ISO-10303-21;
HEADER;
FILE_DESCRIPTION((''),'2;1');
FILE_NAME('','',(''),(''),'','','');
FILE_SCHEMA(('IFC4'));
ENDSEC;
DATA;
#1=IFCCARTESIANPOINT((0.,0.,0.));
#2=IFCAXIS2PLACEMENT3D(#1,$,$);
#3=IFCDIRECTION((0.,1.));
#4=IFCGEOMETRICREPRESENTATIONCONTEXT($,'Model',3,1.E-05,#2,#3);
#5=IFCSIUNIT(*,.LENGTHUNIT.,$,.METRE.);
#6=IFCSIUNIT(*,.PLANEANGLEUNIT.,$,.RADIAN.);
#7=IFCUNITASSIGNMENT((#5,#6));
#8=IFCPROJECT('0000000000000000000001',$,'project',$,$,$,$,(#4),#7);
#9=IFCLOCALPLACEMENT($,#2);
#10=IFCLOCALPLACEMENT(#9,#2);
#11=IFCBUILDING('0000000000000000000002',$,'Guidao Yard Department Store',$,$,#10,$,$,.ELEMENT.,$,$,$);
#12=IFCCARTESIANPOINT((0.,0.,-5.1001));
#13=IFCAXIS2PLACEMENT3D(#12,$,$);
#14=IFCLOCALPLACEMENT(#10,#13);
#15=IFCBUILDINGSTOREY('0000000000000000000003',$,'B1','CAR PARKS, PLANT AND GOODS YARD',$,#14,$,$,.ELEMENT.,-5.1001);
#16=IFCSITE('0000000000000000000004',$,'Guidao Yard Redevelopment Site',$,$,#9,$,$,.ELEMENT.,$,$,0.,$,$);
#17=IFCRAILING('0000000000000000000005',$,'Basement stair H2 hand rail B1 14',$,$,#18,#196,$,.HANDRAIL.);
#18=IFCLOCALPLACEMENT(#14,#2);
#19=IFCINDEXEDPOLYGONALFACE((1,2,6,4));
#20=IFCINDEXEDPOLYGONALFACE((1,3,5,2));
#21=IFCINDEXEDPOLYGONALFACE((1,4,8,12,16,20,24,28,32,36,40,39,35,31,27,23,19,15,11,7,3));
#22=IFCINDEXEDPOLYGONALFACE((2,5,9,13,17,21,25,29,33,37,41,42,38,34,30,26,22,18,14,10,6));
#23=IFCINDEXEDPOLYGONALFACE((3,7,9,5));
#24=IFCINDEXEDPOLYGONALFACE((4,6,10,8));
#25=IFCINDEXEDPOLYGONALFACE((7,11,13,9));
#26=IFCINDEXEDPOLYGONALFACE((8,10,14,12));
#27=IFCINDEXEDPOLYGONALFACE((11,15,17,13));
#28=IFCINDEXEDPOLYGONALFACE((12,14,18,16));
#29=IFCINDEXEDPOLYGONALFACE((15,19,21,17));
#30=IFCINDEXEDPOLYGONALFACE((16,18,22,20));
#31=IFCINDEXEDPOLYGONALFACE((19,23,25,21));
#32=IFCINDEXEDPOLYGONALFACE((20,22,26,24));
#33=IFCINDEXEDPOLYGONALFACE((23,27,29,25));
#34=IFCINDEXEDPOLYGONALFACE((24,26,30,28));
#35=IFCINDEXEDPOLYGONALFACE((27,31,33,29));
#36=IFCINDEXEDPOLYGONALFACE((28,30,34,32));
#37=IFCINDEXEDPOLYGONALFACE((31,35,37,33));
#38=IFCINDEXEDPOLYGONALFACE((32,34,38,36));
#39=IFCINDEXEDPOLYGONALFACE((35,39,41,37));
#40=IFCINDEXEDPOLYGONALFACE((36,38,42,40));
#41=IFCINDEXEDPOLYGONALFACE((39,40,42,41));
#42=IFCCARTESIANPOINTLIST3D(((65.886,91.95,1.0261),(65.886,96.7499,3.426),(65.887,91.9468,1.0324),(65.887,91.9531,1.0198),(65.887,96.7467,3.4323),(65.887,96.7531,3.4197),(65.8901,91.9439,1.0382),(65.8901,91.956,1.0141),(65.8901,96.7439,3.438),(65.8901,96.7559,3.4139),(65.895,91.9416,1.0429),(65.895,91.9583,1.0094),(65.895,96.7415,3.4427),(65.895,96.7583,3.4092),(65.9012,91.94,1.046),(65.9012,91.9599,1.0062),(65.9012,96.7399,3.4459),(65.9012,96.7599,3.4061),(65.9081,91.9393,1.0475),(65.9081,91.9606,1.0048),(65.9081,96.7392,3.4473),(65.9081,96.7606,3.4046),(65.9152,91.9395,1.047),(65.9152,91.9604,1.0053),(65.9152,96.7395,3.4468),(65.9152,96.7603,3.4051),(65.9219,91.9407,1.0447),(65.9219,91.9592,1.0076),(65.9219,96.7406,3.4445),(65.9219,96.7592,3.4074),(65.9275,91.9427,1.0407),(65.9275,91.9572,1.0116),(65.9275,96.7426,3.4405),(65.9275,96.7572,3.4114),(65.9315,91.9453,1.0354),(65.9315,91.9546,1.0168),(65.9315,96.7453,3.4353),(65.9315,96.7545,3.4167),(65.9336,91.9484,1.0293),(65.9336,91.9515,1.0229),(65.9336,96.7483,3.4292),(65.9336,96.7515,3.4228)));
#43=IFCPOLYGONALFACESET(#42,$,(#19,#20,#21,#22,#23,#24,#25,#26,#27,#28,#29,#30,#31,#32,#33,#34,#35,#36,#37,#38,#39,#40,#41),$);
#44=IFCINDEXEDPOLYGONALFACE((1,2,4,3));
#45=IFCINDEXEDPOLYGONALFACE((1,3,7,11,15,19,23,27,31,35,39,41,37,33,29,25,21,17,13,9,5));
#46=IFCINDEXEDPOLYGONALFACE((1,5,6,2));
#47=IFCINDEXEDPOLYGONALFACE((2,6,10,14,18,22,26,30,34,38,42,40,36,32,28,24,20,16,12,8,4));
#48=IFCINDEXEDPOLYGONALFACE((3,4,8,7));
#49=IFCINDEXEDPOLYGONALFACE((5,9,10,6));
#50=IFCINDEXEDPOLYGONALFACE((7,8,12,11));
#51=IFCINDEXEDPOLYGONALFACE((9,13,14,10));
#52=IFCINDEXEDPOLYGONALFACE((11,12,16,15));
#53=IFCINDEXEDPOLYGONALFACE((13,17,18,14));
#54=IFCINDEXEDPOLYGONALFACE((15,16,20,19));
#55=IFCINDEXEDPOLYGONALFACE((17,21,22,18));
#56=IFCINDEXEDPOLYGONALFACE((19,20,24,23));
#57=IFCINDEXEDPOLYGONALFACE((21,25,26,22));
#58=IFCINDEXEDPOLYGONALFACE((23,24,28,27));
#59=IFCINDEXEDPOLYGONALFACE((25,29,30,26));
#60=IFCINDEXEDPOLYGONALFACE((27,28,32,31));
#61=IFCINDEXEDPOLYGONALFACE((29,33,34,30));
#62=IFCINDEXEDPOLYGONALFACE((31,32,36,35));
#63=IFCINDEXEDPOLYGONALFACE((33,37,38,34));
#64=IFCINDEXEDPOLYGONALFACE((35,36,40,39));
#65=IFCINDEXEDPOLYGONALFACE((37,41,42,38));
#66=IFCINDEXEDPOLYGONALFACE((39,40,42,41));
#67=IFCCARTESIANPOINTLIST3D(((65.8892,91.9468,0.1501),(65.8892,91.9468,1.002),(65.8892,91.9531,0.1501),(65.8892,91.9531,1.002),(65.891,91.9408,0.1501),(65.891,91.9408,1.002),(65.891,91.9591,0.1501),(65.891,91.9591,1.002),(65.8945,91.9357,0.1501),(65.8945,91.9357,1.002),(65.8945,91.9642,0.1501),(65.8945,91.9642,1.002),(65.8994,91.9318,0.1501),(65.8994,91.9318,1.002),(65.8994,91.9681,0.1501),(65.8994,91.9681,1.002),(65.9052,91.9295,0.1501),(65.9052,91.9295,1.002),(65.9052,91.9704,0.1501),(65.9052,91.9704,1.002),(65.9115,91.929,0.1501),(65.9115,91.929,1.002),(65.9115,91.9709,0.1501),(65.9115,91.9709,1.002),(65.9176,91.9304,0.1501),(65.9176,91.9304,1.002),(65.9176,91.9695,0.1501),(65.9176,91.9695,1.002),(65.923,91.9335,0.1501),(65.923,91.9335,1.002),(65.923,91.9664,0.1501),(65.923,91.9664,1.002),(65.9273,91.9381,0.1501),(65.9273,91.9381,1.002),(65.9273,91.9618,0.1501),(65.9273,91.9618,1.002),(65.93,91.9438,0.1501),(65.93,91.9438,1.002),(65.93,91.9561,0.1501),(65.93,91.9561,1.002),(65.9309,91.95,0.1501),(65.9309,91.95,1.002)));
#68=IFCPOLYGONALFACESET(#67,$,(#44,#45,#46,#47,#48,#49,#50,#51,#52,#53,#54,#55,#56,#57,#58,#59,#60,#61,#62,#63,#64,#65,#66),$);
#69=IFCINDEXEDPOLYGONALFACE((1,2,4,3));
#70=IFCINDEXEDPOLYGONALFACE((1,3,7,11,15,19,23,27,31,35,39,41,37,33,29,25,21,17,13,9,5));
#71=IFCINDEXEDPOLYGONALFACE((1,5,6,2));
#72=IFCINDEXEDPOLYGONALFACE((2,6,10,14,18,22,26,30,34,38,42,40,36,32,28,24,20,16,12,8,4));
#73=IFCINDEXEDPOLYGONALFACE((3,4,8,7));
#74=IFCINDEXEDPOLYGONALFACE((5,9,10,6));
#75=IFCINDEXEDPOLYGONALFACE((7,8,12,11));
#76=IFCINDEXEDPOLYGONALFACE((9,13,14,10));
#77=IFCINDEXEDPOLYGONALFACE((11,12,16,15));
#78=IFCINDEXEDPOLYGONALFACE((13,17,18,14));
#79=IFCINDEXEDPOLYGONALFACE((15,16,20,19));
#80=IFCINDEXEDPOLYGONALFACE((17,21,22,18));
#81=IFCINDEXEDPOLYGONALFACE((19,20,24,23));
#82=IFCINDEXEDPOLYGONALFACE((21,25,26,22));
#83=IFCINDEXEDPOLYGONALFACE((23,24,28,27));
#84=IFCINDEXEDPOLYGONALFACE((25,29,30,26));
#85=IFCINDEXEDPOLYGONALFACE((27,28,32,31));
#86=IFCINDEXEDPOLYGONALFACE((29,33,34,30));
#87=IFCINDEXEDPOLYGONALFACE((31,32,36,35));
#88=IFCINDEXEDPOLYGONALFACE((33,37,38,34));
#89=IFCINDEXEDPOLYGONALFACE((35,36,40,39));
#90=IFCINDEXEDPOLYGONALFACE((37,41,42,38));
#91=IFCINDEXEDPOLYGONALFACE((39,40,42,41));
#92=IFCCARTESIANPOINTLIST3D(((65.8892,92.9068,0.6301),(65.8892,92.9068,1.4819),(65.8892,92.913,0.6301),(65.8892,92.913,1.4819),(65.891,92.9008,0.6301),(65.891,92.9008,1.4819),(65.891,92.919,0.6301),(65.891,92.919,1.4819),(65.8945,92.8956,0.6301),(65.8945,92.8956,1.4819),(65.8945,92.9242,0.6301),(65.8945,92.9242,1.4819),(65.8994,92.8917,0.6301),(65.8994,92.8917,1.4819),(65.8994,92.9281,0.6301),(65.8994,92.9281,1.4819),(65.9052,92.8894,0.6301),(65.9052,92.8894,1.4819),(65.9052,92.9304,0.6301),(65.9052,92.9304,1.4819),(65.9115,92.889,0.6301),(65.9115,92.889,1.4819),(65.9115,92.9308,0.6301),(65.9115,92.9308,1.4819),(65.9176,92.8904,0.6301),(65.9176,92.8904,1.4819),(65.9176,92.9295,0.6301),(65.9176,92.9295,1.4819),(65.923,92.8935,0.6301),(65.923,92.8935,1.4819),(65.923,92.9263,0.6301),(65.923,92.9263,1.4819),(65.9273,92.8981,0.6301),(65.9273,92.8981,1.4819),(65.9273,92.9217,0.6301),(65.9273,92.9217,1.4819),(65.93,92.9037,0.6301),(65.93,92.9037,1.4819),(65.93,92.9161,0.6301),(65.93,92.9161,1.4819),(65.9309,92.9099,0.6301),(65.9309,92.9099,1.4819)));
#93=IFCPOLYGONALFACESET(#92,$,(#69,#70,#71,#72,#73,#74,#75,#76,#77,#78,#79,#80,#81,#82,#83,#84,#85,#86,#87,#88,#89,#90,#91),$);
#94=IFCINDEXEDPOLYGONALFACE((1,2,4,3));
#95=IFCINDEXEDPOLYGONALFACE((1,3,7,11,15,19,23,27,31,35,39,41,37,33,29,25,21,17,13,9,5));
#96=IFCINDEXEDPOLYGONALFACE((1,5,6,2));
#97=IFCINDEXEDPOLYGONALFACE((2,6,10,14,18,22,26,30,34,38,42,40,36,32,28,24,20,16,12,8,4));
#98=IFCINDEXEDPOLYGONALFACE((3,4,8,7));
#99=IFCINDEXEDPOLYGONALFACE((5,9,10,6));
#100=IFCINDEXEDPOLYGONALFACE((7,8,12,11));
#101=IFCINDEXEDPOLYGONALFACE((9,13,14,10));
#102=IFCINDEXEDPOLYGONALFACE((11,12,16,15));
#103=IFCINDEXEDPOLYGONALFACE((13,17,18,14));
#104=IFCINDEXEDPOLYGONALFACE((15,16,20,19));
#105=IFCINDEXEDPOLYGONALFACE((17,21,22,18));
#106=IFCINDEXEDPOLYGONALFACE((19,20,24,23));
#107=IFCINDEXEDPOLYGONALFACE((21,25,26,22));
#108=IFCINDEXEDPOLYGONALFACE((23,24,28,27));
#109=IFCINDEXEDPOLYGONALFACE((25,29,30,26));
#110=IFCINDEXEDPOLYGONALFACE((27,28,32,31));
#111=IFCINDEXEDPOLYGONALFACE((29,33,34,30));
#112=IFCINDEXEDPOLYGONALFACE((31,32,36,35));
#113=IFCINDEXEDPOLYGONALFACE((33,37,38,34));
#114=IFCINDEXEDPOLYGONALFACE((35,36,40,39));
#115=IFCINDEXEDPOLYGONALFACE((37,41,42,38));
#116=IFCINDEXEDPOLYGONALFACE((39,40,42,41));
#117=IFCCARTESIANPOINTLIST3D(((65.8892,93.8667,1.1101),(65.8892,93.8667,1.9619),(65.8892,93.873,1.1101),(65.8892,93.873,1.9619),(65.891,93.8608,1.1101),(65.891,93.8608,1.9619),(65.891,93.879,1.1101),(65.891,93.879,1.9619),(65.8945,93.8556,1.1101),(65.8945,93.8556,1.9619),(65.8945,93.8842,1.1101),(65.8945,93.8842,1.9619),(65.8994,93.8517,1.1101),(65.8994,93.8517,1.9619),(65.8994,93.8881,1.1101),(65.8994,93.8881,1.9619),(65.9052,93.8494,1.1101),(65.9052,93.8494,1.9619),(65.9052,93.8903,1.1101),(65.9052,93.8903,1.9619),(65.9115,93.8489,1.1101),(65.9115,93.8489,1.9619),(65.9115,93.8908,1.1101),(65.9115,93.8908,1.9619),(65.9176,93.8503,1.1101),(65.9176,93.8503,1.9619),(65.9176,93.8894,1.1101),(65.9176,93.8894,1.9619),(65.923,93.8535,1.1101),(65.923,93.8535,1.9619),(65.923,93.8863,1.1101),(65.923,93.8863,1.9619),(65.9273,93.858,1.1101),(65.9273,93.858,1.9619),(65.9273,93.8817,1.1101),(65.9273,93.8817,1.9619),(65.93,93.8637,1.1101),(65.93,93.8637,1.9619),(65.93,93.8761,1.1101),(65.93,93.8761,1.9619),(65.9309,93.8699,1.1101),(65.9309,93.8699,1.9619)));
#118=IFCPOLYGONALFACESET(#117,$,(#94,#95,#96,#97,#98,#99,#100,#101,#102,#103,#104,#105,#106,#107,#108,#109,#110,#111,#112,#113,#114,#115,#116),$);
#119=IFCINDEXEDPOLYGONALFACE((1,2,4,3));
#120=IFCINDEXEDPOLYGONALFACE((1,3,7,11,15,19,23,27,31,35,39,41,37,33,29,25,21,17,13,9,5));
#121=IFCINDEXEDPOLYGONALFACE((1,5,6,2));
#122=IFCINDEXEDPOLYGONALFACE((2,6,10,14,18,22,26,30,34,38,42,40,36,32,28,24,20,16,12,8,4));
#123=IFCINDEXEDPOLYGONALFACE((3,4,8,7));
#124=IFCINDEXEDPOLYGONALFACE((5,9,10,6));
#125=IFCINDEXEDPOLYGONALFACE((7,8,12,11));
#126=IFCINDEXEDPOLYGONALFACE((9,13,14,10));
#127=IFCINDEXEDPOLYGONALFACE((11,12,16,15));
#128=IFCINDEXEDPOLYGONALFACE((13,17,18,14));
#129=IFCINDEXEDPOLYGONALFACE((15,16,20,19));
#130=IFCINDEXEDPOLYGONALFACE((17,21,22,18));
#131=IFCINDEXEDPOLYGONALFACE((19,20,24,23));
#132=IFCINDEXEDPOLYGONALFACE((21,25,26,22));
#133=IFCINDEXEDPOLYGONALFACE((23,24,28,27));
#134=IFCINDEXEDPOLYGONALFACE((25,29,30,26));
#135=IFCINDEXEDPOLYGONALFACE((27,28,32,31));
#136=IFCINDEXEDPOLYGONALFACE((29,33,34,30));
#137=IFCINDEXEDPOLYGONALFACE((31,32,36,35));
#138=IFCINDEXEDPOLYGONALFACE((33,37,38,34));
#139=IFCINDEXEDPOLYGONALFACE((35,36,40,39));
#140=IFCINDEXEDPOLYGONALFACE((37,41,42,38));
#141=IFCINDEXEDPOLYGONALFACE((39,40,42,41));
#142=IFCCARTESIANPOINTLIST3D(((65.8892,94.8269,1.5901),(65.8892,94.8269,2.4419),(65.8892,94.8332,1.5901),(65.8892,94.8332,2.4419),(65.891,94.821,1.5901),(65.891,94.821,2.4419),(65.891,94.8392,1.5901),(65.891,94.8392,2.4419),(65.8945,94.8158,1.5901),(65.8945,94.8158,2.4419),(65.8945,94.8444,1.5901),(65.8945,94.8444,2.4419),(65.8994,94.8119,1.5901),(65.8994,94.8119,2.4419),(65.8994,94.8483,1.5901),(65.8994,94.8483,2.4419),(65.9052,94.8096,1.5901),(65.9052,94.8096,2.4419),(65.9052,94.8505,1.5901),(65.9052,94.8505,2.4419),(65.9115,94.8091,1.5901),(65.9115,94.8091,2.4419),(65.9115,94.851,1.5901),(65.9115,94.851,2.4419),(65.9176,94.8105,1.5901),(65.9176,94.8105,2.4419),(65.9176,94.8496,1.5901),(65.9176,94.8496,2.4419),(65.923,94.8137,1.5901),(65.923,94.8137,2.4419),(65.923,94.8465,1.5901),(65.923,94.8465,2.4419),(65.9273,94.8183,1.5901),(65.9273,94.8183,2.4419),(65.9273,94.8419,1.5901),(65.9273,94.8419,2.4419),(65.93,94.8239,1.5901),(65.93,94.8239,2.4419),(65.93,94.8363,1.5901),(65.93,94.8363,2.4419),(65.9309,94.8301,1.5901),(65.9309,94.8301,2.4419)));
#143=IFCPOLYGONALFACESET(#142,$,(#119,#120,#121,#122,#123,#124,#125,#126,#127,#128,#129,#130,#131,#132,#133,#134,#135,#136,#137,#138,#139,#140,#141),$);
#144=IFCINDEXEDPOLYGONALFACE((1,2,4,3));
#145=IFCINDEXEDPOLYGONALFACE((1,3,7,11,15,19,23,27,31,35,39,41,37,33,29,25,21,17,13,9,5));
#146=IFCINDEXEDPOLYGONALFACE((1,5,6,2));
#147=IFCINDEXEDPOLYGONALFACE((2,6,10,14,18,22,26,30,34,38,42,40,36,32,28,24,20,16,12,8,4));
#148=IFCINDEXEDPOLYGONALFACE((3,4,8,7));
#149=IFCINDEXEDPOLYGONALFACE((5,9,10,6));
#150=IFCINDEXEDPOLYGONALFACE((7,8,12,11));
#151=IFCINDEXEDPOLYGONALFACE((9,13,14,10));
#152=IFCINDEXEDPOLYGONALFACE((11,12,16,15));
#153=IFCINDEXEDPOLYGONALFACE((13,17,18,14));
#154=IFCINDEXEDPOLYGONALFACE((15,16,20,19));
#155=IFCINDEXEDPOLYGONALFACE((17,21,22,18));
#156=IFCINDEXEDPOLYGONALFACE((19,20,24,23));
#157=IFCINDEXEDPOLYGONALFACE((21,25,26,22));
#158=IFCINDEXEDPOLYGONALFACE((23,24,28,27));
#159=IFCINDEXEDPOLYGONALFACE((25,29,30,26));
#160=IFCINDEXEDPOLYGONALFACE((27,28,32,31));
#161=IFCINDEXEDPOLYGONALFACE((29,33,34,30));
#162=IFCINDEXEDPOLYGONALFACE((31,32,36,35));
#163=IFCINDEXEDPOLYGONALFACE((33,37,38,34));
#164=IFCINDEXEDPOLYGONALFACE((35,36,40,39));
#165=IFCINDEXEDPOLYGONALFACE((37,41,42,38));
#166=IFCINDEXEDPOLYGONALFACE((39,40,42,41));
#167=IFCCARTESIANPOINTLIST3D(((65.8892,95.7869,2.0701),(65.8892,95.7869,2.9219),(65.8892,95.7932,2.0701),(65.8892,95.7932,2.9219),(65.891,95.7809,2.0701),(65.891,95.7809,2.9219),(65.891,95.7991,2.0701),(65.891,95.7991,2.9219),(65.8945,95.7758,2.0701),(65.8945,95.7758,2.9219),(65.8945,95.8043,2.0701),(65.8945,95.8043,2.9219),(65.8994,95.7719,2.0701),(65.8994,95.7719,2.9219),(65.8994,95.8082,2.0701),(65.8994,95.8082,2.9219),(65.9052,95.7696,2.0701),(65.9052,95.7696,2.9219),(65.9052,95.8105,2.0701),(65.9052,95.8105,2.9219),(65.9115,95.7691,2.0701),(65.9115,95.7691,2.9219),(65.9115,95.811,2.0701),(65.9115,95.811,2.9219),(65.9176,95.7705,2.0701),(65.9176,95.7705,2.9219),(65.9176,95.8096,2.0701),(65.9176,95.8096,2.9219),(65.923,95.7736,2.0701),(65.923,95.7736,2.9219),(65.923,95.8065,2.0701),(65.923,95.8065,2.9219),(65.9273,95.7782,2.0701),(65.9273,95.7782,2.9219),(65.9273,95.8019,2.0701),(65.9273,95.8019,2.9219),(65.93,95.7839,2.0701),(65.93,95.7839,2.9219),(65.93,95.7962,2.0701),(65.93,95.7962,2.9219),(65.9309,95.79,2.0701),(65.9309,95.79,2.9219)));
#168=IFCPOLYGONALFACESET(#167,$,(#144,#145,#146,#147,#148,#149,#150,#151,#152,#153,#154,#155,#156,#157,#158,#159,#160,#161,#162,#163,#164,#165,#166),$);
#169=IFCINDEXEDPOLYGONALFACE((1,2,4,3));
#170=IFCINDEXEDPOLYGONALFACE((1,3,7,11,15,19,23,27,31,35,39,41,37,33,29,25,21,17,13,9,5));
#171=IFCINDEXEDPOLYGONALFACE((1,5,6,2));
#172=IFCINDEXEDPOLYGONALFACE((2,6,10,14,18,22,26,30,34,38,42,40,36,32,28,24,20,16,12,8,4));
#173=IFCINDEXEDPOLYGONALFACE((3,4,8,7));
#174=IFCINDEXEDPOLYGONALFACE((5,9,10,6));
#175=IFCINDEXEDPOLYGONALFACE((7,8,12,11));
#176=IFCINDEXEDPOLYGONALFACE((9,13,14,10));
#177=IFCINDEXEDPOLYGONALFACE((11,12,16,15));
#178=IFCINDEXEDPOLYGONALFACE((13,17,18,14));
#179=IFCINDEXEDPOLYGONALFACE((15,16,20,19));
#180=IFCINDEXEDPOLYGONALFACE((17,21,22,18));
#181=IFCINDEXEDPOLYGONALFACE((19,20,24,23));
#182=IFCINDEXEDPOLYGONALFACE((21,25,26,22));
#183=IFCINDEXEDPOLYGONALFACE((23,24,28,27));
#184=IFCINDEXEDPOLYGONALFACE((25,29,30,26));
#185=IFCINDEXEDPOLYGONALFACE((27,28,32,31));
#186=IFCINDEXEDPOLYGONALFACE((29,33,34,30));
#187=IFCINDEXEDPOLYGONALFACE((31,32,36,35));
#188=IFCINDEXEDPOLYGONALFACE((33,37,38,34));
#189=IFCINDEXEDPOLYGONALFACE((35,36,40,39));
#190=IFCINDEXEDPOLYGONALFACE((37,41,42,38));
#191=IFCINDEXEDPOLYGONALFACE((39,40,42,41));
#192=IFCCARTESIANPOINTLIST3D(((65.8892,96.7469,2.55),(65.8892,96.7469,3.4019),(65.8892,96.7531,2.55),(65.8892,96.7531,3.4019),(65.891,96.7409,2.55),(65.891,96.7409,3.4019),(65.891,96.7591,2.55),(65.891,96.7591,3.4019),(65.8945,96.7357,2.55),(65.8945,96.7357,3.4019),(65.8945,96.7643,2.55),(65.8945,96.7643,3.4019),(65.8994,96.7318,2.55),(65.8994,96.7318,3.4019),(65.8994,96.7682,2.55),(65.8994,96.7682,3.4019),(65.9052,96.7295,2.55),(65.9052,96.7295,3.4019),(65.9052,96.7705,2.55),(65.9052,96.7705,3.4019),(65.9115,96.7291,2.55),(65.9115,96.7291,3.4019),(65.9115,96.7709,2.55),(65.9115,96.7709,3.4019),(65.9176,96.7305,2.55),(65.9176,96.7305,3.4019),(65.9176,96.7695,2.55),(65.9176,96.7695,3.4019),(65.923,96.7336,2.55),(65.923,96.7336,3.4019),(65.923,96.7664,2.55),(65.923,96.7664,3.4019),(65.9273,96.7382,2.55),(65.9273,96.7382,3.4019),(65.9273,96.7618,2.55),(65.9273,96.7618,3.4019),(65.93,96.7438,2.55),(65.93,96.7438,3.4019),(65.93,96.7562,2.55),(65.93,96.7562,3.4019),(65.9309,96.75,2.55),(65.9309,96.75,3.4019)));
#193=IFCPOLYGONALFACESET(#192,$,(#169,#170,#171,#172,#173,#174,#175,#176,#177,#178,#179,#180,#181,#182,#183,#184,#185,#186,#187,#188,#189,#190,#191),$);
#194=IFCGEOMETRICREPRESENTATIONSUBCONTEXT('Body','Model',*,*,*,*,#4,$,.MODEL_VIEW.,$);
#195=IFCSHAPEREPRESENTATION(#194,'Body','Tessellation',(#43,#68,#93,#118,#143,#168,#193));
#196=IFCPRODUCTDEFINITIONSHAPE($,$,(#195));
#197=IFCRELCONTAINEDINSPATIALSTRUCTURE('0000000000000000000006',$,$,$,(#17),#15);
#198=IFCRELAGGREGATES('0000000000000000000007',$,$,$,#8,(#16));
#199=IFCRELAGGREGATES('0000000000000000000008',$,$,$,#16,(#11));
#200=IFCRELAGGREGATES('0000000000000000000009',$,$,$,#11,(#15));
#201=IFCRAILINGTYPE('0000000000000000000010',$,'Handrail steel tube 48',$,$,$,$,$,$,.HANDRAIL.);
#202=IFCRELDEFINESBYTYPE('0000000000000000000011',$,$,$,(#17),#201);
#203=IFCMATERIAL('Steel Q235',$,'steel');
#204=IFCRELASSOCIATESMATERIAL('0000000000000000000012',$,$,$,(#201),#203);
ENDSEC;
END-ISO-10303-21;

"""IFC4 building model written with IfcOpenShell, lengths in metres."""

from ifc_helpers import new_model, si_unit, direction, frame, origin, origin_2d, place, context, subcontext, project, spatial, circle, extrude, material, type_object, element, save


model = new_model("IFC4")

# Units and contexts
model_context = context("Model", 3, precision=1e-05, world=origin(), true_north=direction((0.0, 1.0)))
body_context = subcontext(model_context, "Body", "Model", "MODEL_VIEW")
ifc_project = project(units=[si_unit("LENGTHUNIT", "METRE"), si_unit("PLANEANGLEUNIT", "RADIAN")], contexts=[model_context])

# Site, building, storey
site_placement = place(None, origin())
site = spatial("IfcSite", under=ifc_project, at=site_placement, Name="Guidao Yard Redevelopment Site", CompositionType="ELEMENT", RefElevation=0.0)
building_placement = place(site_placement, origin())
building = spatial("IfcBuilding", under=site, at=building_placement, Name="Guidao Yard Department Store", CompositionType="ELEMENT")
storey_placement = place(building_placement, frame((0.0, 0.0, -5.1001)))
storey = spatial("IfcBuildingStorey", under=building, at=storey_placement, Name="B1", Description="CAR PARKS, PLANT AND GOODS YARD", CompositionType="ELEMENT", Elevation=-5.1001)

# Railing
ifc_material_1 = material(Name="Steel Q235", Category="steel")
railing_type_1 = type_object("IfcRailingType", Name="Handrail steel tube 48", PredefinedType="HANDRAIL", material=ifc_material_1)
for number, where, name in (
    (1, (65.9099, 91.95, 0.1501), "Basement stair H2 hand rail B1 14"),
):
    element("IfcRailing", number, at=place(storey_placement, frame(where)), inside=storey, type_object=railing_type_1, Name=name, PredefinedType="HANDRAIL", context=body_context, shape_type="SweptSolid", body=[
        extrude(circle(Radius=0.0239, at=origin_2d()), frame((0.0, 0.0, 0.876), z_axis=(0.0, 0.894436, 0.447195), x_axis=(-1.0, 0.0, 0.0)), (0.0, 0.0, 1.0), 5.3665),
        extrude(circle(Radius=0.021, at=origin_2d()), origin(), (0.0, 0.0, 1.0), 0.8518),
        extrude(circle(Radius=0.021, at=origin_2d()), frame((0.0, 0.96, 0.48)), (0.0, 0.0, 1.0), 0.8518),
        extrude(circle(Radius=0.021, at=origin_2d()), frame((0.0, 1.9199, 0.96)), (0.0, 0.0, 1.0), 0.8518),
        extrude(circle(Radius=0.021, at=origin_2d()), frame((0.0, 2.8801, 1.4399)), (0.0, 0.0, 1.0), 0.8518),
        extrude(circle(Radius=0.021, at=origin_2d()), frame((0.0, 3.8401, 1.9199)), (0.0, 0.0, 1.0), 0.8518),
        extrude(circle(Radius=0.021, at=origin_2d()), frame((0.0, 4.8, 2.3999)), (0.0, 0.0, 1.0), 0.8518),
    ])

save(model, "model.ifc")
